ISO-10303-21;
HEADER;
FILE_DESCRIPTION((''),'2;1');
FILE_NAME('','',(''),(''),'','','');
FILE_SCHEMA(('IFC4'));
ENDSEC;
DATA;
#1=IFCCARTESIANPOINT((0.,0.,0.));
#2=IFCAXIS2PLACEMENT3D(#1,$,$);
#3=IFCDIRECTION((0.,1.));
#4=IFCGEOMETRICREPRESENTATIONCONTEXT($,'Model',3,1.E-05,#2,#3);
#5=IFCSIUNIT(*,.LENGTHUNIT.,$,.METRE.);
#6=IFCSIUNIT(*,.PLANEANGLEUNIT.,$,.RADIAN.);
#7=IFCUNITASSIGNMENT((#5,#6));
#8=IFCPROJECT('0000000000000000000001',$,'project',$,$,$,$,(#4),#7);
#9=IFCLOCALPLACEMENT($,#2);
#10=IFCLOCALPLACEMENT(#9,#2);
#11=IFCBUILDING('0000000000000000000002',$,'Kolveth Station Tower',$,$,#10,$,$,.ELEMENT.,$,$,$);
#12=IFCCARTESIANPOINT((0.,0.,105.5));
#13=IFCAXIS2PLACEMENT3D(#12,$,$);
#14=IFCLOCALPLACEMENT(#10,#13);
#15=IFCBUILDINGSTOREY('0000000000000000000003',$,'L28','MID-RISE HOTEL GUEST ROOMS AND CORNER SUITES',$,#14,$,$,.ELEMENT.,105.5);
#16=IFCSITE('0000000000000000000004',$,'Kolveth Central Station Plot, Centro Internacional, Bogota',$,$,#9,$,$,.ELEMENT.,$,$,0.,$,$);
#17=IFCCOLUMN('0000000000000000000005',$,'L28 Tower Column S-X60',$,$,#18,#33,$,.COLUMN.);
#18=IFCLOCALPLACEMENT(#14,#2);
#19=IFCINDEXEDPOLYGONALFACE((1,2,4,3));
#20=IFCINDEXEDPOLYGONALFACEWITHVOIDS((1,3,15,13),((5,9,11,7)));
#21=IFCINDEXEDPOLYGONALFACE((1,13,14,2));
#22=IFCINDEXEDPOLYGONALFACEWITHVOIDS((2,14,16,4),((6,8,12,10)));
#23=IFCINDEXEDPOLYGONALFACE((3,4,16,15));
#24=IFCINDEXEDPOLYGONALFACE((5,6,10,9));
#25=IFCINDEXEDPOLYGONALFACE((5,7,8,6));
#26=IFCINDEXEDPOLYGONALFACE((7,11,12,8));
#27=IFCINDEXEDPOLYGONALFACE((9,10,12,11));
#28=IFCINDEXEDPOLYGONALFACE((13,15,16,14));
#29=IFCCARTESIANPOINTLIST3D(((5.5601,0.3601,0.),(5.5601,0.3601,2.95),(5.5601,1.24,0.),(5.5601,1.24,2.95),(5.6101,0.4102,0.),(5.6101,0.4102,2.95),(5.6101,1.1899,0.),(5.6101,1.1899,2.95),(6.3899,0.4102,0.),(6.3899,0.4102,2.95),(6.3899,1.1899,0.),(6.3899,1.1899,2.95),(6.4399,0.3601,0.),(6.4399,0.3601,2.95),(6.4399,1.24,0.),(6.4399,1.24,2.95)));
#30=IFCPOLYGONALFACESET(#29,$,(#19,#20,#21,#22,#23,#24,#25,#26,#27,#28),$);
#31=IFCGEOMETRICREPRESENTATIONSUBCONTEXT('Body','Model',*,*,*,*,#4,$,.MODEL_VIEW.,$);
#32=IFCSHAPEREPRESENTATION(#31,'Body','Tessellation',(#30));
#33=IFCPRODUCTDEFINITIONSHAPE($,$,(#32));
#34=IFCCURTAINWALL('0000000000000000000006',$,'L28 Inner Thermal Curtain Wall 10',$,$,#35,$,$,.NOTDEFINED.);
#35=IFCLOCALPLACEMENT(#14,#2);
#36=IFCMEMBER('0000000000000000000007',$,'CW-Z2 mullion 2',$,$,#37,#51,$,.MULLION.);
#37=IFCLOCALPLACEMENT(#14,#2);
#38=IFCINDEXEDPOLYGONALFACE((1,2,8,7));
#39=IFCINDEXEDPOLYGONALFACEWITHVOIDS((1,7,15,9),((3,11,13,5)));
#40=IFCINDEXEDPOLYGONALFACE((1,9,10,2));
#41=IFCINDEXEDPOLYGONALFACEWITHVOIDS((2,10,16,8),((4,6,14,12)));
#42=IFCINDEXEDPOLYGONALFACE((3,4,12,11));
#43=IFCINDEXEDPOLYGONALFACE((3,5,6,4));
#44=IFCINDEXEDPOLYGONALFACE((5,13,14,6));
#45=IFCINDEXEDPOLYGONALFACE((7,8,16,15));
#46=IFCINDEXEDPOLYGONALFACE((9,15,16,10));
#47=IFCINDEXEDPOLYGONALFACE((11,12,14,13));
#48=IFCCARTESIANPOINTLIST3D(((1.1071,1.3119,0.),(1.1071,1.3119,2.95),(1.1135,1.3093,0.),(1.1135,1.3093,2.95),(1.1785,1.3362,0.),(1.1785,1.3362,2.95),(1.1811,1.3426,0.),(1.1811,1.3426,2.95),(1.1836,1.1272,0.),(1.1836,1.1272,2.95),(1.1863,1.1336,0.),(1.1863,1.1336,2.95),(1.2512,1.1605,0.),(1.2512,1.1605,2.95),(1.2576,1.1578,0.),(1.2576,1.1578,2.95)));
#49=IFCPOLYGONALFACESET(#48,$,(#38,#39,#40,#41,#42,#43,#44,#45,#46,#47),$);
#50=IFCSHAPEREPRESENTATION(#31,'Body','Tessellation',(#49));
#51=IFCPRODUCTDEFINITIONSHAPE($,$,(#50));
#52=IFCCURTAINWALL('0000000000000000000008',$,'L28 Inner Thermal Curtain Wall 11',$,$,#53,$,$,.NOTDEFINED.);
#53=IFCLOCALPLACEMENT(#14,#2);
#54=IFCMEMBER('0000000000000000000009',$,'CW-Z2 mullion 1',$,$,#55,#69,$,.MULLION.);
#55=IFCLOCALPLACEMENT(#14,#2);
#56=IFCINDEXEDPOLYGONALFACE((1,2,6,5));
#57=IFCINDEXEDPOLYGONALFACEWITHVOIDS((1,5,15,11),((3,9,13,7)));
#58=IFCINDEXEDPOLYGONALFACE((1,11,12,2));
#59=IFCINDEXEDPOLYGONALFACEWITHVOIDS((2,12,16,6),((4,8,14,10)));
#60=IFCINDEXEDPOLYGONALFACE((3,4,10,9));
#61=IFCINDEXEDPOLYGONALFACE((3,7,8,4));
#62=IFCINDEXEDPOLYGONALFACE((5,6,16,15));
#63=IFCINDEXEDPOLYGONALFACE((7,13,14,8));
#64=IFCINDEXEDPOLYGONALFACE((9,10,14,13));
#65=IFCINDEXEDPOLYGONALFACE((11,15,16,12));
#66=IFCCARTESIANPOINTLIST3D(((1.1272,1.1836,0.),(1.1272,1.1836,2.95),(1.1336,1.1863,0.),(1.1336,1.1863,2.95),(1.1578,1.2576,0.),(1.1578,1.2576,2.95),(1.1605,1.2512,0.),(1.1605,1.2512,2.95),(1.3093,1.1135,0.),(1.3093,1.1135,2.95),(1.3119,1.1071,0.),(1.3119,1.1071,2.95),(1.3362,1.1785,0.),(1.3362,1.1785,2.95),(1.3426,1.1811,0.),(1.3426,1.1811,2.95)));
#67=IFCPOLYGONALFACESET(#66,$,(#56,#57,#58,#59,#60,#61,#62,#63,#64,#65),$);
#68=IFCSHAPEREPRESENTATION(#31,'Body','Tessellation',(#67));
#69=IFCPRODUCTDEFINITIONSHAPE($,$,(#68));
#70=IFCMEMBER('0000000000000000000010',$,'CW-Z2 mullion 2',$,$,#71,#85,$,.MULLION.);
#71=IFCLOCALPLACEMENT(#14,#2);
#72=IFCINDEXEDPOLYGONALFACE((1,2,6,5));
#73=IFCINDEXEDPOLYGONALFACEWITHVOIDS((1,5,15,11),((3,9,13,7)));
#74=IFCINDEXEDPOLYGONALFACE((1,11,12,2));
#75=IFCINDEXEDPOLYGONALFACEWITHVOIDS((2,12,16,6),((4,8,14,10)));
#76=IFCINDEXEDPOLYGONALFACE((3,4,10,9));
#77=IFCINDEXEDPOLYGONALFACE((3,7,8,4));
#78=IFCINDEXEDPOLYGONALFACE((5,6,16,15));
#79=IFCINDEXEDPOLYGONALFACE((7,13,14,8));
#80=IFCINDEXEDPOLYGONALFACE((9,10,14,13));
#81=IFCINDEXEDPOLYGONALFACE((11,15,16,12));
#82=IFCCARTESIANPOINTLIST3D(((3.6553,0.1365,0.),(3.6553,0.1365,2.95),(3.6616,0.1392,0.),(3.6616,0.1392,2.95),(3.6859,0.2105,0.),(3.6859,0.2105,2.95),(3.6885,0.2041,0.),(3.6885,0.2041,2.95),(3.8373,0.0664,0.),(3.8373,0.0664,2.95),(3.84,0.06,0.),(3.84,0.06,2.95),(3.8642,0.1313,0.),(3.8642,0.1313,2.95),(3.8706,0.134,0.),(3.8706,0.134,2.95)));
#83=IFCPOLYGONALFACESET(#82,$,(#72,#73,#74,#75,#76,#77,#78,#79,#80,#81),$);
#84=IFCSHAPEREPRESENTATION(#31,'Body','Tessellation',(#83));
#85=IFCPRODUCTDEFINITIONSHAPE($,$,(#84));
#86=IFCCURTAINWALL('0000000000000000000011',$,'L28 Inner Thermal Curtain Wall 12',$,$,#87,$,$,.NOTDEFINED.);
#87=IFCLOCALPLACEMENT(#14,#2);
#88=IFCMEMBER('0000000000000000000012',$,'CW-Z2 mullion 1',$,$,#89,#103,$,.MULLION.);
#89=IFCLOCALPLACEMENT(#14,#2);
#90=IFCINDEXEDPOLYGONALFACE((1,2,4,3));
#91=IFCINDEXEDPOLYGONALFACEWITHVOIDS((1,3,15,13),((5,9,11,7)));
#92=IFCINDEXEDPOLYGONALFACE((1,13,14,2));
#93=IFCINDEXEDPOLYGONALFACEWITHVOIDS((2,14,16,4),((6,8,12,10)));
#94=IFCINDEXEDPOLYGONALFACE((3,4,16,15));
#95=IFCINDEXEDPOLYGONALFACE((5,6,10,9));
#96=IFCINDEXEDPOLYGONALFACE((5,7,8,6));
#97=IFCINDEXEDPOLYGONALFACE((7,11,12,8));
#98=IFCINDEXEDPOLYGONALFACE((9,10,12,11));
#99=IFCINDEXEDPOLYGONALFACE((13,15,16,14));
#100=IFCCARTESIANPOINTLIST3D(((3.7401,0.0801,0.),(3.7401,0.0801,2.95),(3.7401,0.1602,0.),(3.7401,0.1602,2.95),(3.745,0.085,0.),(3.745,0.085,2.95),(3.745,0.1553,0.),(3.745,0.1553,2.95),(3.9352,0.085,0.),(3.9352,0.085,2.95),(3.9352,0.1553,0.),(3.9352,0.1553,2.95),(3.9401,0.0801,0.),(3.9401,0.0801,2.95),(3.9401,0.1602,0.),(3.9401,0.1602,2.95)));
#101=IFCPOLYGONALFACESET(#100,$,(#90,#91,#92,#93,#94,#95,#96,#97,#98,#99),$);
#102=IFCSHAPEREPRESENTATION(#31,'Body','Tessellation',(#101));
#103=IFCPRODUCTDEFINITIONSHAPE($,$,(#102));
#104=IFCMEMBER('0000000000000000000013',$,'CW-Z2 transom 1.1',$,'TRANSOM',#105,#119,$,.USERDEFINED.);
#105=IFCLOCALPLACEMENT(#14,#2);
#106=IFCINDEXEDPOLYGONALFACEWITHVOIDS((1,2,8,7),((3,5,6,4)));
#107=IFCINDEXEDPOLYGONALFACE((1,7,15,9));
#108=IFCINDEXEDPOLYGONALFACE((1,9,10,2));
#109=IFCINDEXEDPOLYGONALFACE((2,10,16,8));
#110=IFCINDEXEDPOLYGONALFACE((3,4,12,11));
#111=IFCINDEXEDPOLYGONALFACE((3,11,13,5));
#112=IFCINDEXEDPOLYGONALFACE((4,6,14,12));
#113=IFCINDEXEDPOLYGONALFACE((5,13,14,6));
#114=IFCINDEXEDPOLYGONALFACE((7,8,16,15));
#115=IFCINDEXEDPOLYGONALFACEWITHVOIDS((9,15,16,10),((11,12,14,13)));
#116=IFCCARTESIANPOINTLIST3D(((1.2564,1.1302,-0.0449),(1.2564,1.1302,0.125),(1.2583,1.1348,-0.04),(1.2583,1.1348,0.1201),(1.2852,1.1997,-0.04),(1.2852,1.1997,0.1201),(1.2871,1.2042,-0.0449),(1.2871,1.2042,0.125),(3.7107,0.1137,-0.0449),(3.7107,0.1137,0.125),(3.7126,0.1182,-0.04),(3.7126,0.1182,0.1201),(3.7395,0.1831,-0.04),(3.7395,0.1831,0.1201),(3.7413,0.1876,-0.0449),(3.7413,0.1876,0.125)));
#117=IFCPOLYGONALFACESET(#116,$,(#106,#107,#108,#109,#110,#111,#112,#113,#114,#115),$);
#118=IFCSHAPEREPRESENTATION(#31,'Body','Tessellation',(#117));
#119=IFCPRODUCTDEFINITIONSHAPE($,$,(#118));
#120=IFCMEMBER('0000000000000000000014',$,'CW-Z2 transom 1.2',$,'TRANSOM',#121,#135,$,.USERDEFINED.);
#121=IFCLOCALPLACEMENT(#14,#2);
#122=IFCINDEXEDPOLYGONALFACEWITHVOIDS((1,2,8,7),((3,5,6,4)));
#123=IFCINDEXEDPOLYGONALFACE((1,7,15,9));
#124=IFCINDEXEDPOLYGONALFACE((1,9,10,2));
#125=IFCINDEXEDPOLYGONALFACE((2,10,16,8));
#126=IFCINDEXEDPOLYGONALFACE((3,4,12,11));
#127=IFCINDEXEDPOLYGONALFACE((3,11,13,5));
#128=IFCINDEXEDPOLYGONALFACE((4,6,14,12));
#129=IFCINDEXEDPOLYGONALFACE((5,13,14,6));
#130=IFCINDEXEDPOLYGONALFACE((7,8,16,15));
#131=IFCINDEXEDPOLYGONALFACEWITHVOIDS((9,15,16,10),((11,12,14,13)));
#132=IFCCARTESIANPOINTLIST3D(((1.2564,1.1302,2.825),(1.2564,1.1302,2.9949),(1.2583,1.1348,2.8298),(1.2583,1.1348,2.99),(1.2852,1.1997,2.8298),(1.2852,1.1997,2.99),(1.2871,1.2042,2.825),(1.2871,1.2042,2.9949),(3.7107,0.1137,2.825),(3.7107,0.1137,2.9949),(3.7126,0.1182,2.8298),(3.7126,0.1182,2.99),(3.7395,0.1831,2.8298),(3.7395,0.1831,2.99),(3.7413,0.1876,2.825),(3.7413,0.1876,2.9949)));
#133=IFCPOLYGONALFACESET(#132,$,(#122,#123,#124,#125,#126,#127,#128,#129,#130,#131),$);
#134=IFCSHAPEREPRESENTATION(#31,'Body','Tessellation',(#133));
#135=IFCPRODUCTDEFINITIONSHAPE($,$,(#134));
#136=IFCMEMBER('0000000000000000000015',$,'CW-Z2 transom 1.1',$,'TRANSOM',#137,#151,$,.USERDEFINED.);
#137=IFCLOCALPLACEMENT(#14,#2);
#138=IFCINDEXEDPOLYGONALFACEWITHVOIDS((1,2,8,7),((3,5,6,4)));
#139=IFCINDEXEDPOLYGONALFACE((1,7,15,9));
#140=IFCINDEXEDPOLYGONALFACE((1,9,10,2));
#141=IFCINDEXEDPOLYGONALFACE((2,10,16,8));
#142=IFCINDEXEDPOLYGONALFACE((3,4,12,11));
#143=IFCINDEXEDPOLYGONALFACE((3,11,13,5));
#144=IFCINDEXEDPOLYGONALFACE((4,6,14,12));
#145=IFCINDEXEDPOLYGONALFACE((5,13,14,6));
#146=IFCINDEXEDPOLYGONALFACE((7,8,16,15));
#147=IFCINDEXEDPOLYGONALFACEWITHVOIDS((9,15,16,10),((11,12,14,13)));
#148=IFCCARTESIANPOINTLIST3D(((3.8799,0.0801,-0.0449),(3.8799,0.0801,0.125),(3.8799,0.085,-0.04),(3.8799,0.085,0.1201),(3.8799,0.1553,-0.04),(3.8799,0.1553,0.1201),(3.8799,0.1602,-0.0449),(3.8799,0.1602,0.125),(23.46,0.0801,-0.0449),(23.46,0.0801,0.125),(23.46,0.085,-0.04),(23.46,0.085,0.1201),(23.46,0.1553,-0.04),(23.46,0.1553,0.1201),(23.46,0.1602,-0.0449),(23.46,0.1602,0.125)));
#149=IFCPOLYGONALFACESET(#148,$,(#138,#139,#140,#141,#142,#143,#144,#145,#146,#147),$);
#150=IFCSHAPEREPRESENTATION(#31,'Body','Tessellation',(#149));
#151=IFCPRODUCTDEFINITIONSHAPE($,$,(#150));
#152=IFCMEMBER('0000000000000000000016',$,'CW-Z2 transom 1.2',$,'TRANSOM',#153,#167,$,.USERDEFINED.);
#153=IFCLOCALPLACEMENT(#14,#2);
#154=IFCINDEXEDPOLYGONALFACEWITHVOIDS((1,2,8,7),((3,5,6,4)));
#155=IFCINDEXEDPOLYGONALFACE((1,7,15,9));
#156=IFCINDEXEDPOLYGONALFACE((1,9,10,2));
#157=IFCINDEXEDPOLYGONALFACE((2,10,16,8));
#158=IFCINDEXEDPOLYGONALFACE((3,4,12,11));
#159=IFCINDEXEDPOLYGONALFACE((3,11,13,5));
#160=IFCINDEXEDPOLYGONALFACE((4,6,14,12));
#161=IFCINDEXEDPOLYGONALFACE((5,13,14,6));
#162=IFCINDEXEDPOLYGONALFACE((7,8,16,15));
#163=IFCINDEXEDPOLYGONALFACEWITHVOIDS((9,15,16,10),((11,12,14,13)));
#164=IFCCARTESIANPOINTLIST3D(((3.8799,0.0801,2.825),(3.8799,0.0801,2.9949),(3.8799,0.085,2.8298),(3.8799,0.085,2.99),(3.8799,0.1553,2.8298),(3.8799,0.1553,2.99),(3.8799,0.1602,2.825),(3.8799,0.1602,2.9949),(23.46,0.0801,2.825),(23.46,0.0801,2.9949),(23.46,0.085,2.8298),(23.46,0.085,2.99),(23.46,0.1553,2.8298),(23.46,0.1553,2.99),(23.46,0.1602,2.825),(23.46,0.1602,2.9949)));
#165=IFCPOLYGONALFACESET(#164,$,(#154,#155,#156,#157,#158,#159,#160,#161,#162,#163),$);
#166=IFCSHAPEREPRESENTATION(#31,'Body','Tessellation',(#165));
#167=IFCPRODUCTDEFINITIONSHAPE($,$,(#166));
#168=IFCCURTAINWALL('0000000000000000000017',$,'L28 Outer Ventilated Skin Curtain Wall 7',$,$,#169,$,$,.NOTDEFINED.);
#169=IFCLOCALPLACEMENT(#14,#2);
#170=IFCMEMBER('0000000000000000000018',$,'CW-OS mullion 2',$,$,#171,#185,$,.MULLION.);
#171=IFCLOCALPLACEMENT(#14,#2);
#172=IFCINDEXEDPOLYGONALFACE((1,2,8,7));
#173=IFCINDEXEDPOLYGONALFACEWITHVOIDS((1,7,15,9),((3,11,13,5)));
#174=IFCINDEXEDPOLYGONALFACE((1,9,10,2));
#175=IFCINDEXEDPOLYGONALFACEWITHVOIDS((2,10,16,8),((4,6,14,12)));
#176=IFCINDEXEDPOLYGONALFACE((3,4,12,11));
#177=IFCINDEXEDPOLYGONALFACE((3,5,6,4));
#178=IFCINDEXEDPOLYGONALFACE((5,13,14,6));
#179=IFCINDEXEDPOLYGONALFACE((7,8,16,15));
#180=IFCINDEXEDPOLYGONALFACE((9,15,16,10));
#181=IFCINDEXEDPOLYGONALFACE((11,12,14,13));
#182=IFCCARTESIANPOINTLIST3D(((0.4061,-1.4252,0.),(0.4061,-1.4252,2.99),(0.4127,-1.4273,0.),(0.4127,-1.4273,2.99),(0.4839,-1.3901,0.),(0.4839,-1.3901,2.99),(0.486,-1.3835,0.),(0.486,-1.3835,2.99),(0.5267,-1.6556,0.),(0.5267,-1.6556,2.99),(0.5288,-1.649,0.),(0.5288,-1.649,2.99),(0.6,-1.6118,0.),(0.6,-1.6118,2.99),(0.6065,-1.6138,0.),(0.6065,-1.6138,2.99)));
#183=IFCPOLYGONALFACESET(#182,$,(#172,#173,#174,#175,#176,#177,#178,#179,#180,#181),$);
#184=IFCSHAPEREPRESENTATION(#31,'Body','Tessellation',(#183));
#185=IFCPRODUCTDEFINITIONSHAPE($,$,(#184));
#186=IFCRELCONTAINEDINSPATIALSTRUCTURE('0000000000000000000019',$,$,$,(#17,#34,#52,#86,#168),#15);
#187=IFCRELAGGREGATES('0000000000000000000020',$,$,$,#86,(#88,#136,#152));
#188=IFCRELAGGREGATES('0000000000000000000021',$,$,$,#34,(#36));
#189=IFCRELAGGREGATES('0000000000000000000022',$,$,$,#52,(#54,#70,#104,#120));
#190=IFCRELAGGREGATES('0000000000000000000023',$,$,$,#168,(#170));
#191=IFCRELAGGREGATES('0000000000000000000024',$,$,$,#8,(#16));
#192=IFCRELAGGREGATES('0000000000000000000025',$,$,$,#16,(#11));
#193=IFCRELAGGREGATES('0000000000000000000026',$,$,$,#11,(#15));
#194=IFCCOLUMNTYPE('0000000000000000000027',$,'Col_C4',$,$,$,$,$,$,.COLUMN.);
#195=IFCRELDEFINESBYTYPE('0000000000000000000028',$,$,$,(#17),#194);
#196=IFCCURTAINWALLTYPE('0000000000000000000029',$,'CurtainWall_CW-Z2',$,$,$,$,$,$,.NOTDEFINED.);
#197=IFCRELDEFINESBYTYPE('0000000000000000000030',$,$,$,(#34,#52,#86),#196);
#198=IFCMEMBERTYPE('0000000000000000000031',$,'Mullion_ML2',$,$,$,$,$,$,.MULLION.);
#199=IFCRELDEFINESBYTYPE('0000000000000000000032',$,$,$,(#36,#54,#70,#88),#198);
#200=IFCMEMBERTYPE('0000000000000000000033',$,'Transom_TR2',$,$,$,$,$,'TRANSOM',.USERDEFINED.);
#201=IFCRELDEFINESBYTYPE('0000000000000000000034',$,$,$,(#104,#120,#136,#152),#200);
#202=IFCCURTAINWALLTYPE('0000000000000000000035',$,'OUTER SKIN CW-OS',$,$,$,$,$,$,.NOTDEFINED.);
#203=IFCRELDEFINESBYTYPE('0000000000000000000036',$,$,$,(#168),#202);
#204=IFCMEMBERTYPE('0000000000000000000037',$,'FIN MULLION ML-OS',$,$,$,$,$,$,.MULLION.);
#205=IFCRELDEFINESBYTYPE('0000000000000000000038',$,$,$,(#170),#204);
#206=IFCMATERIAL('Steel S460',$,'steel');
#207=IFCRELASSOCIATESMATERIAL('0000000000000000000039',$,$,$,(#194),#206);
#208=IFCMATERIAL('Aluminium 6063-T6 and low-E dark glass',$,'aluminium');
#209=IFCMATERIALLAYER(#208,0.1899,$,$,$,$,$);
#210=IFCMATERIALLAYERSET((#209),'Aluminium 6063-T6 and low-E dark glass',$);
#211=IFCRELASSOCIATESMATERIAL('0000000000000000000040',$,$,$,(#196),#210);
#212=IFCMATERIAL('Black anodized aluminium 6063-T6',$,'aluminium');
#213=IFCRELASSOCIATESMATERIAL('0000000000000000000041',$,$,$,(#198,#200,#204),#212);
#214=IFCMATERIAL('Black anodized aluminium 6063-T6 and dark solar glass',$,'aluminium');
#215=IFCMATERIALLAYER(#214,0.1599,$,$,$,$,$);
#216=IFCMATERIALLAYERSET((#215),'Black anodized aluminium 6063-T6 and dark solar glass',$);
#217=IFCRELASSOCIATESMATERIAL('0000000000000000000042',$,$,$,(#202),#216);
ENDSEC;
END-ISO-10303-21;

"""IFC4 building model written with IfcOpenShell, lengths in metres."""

from ifc_helpers import new_model, si_unit, direction, frame, origin, origin_2d, place, context, subcontext, project, spatial, hollow_rectangle, extrude, source, transform, mapped, material, layer, layer_set, material_profile, profile_set, type_object, element, aggregate, save


model = new_model("IFC4")

# Units and contexts
model_context = context("Model", 3, precision=1e-05, world=origin(), true_north=direction((0.0, 1.0)))
body_context = subcontext(model_context, "Body", "Model", "MODEL_VIEW")
ifc_project = project(units=[si_unit("LENGTHUNIT", "METRE"), si_unit("PLANEANGLEUNIT", "RADIAN")], contexts=[model_context])

# Site, building, storey
site_placement = place(None, origin())
site = spatial("IfcSite", under=ifc_project, at=site_placement, Name="Kolveth Central Station Plot, Centro Internacional, Bogota", CompositionType="ELEMENT", RefElevation=0.0)
building_placement = place(site_placement, origin())
building = spatial("IfcBuilding", under=site, at=building_placement, Name="Kolveth Station Tower", CompositionType="ELEMENT")
storey_placement = place(building_placement, frame((0.0, 0.0, 105.5)))
storey = spatial("IfcBuildingStorey", under=building, at=storey_placement, Name="L28", Description="MID-RISE HOTEL GUEST ROOMS AND CORNER SUITES", CompositionType="ELEMENT", Elevation=105.5)

# Column
ifc_material_1 = material(Name="Steel S460", Category="steel")
ifc_material_profile_1 = material_profile(ifc_material_1, hollow_rectangle(XDim=0.8799, YDim=0.8799, WallThickness=0.05, at=origin_2d()), Name="BOX880x880x50")
ifc_profile_set_1 = profile_set([ifc_material_profile_1], Name="Steel S460")
column_type = type_object("IfcColumnType", Name="Col_C4", PredefinedType="COLUMN", material=ifc_profile_set_1)
shared_shape_1 = source(origin(), body_context, "Body", "SweptSolid", [
    extrude(hollow_rectangle(XDim=0.8799, YDim=0.8799, WallThickness=0.05, at=origin_2d()), origin(), (0.0, 0.0, 1.0), 2.95),
])
column_placement = place(storey_placement, frame((6.0, 0.8, 0.0), z_axis=(0.0, 0.0, 1.0), x_axis=(1.0, 0.0, 0.0)))
element("IfcColumn", 1, at=column_placement, inside=storey, type_object=column_type, Name="L28 Tower Column S-X60", PredefinedType="COLUMN", context=body_context, shape_type="MappedRepresentation", body=[
    mapped(shared_shape_1, transform((0.0, 0.0, 0.0), x_axis=(1.0, 0.0, 0.0), y_axis=(0.0, 1.0, 0.0), z_axis=(0.0, 0.0, 1.0), scale=1.0)),
])

# Curtain wall, member
ifc_material_2 = material(Name="Aluminium 6063-T6 and low-E dark glass", Category="aluminium")
ifc_layer_1 = layer(ifc_material_2, 0.1899)
ifc_layer_set_1 = layer_set([ifc_layer_1], Name="Aluminium 6063-T6 and low-E dark glass")
curtain_wall_type_1 = type_object("IfcCurtainWallType", Name="CurtainWall_CW-Z2", PredefinedType="NOTDEFINED", material=ifc_layer_set_1)
curtain_wall_1_placement = place(storey_placement, origin())
curtain_wall_1 = element("IfcCurtainWall", 2, at=curtain_wall_1_placement, inside=storey, type_object=curtain_wall_type_1, Name="L28 Inner Thermal Curtain Wall 10", PredefinedType="NOTDEFINED")
ifc_material_3 = material(Name="Black anodized aluminium 6063-T6", Category="aluminium")
ifc_material_profile_2 = material_profile(ifc_material_3, hollow_rectangle(XDim=0.0801, YDim=0.2, WallThickness=0.0049, at=origin_2d()), Name="ALU-80x200x5")
ifc_profile_set_2 = profile_set([ifc_material_profile_2], Name="Black anodized aluminium 6063-T6")
member_type_1 = type_object("IfcMemberType", Name="Mullion_ML2", PredefinedType="MULLION", material=ifc_profile_set_2)
shared_shape_2 = source(origin(), body_context, "Body", "SweptSolid", [
    extrude(hollow_rectangle(XDim=0.0801, YDim=0.2, WallThickness=0.0049, at=origin_2d()), origin(), (0.0, 0.0, 1.0), 2.95),
])
member_1_placement = place(storey_placement, frame((1.1824, 1.2349, 0.0), z_axis=(0.0, 0.0, 1.0), x_axis=(0.923888, 0.382663, 0.0)))
member_1 = element("IfcMember", 3, at=member_1_placement, type_object=member_type_1, Name="CW-Z2 mullion 2", PredefinedType="MULLION", context=body_context, shape_type="MappedRepresentation", body=[
    mapped(shared_shape_2, transform((0.0, 0.0, 0.0), x_axis=(1.0, 0.0, 0.0), y_axis=(0.0, 1.0, 0.0), z_axis=(0.0, 0.0, 1.0), scale=1.0)),
])

# Curtain wall, members
curtain_wall_2_placement = place(storey_placement, origin())
curtain_wall_2 = element("IfcCurtainWall", 4, at=curtain_wall_2_placement, inside=storey, type_object=curtain_wall_type_1, Name="L28 Inner Thermal Curtain Wall 11", PredefinedType="NOTDEFINED")
member_2_placement = place(storey_placement, frame((1.2349, 1.1824, 0.0), z_axis=(0.0, 0.0, 1.0), x_axis=(0.382663, 0.923888, 0.0)))
member_2 = element("IfcMember", 5, at=member_2_placement, type_object=member_type_1, Name="CW-Z2 mullion 1", PredefinedType="MULLION", context=body_context, shape_type="MappedRepresentation", body=[
    mapped(shared_shape_2, transform((0.0, 0.0, 0.0), x_axis=(1.0, 0.0, 0.0), y_axis=(0.0, 1.0, 0.0), z_axis=(0.0, 0.0, 1.0), scale=1.0)),
])
member_3_placement = place(storey_placement, frame((3.7629, 0.1353, 0.0), z_axis=(0.0, 0.0, 1.0), x_axis=(0.382663, 0.923888, 0.0)))
member_3 = element("IfcMember", 6, at=member_3_placement, type_object=member_type_1, Name="CW-Z2 mullion 2", PredefinedType="MULLION", context=body_context, shape_type="MappedRepresentation", body=[
    mapped(shared_shape_2, transform((0.0, 0.0, 0.0), x_axis=(1.0, 0.0, 0.0), y_axis=(0.0, 1.0, 0.0), z_axis=(0.0, 0.0, 1.0), scale=1.0)),
])

# Curtain wall, member
curtain_wall_3_placement = place(storey_placement, origin())
curtain_wall_3 = element("IfcCurtainWall", 7, at=curtain_wall_3_placement, inside=storey, type_object=curtain_wall_type_1, Name="L28 Inner Thermal Curtain Wall 12", PredefinedType="NOTDEFINED")
member_4_placement = place(storey_placement, frame((3.8401, 0.1201, 0.0), z_axis=(0.0, 0.0, 1.0), x_axis=(0.0, 1.0, 0.0)))
member_4 = element("IfcMember", 8, at=member_4_placement, type_object=member_type_1, Name="CW-Z2 mullion 1", PredefinedType="MULLION", context=body_context, shape_type="MappedRepresentation", body=[
    mapped(shared_shape_2, transform((0.0, 0.0, 0.0), x_axis=(1.0, 0.0, 0.0), y_axis=(0.0, 1.0, 0.0), z_axis=(0.0, 0.0, 1.0), scale=1.0)),
])

# Members
ifc_material_profile_3 = material_profile(ifc_material_3, hollow_rectangle(XDim=0.0801, YDim=0.1699, WallThickness=0.0049, at=origin_2d()), Name="ALU-80x170x5")
ifc_profile_set_3 = profile_set([ifc_material_profile_3], Name="Black anodized aluminium 6063-T6")
member_type_2 = type_object("IfcMemberType", Name="Transom_TR2", ElementType="TRANSOM", PredefinedType="USERDEFINED", material=ifc_profile_set_3)
shared_shape_3 = source(origin(), body_context, "Body", "SweptSolid", [
    extrude(hollow_rectangle(XDim=0.0801, YDim=0.1699, WallThickness=0.0049, at=origin_2d()), origin(), (0.0, 0.0, 1.0), 2.6565),
])
member_5_placement = place(storey_placement, frame((1.2717, 1.1672, 0.04), z_axis=(0.923882, -0.382676, 0.0), x_axis=(0.382676, 0.923882, 0.0)))
member_5 = element("IfcMember", 9, at=member_5_placement, type_object=member_type_2, Name="CW-Z2 transom 1.1", ObjectType="TRANSOM", PredefinedType="USERDEFINED", context=body_context, shape_type="MappedRepresentation", body=[
    mapped(shared_shape_3, transform((0.0, 0.0, 0.0), x_axis=(1.0, 0.0, 0.0), y_axis=(0.0, 1.0, 0.0), z_axis=(0.0, 0.0, 1.0), scale=1.0)),
])
member_6_placement = place(storey_placement, frame((1.2717, 1.1672, 2.9099), z_axis=(0.923882, -0.382676, 0.0), x_axis=(0.382676, 0.923882, 0.0)))
member_6 = element("IfcMember", 10, at=member_6_placement, type_object=member_type_2, Name="CW-Z2 transom 1.2", ObjectType="TRANSOM", PredefinedType="USERDEFINED", context=body_context, shape_type="MappedRepresentation", body=[
    mapped(shared_shape_3, transform((0.0, 0.0, 0.0), x_axis=(1.0, 0.0, 0.0), y_axis=(0.0, 1.0, 0.0), z_axis=(0.0, 0.0, 1.0), scale=1.0)),
])
shared_shape_4 = source(origin(), body_context, "Body", "SweptSolid", [
    extrude(hollow_rectangle(XDim=0.0801, YDim=0.1699, WallThickness=0.0049, at=origin_2d()), origin(), (0.0, 0.0, 1.0), 19.5801),
])
member_7_placement = place(storey_placement, frame((3.8799, 0.1201, 0.04), z_axis=(1.0, 0.0, 0.0), x_axis=(0.0, 1.0, 0.0)))
member_7 = element("IfcMember", 11, at=member_7_placement, type_object=member_type_2, Name="CW-Z2 transom 1.1", ObjectType="TRANSOM", PredefinedType="USERDEFINED", context=body_context, shape_type="MappedRepresentation", body=[
    mapped(shared_shape_4, transform((0.0, 0.0, 0.0), x_axis=(1.0, 0.0, 0.0), y_axis=(0.0, 1.0, 0.0), z_axis=(0.0, 0.0, 1.0), scale=1.0)),
])
member_8_placement = place(storey_placement, frame((3.8799, 0.1201, 2.9099), z_axis=(1.0, 0.0, 0.0), x_axis=(0.0, 1.0, 0.0)))
member_8 = element("IfcMember", 12, at=member_8_placement, type_object=member_type_2, Name="CW-Z2 transom 1.2", ObjectType="TRANSOM", PredefinedType="USERDEFINED", context=body_context, shape_type="MappedRepresentation", body=[
    mapped(shared_shape_4, transform((0.0, 0.0, 0.0), x_axis=(1.0, 0.0, 0.0), y_axis=(0.0, 1.0, 0.0), z_axis=(0.0, 0.0, 1.0), scale=1.0)),
])
aggregate(curtain_wall_3, [member_4, member_7, member_8])

# Curtain wall, member
ifc_material_4 = material(Name="Black anodized aluminium 6063-T6 and dark solar glass", Category="aluminium")
ifc_layer_2 = layer(ifc_material_4, 0.1599)
ifc_layer_set_2 = layer_set([ifc_layer_2], Name="Black anodized aluminium 6063-T6 and dark solar glass")
curtain_wall_type_2 = type_object("IfcCurtainWallType", Name="OUTER SKIN CW-OS", PredefinedType="NOTDEFINED", material=ifc_layer_set_2)
curtain_wall_4_placement = place(storey_placement, origin())
curtain_wall_4 = element("IfcCurtainWall", 13, at=curtain_wall_4_placement, inside=storey, type_object=curtain_wall_type_2, Name="L28 Outer Ventilated Skin Curtain Wall 7", PredefinedType="NOTDEFINED")
ifc_material_profile_4 = material_profile(ifc_material_3, hollow_rectangle(XDim=0.0901, YDim=0.26, WallThickness=0.0049, at=origin_2d()), Name="ALU-90x260x5")
ifc_profile_set_4 = profile_set([ifc_material_profile_4], Name="Black anodized aluminium 6063-T6")
member_type_3 = type_object("IfcMemberType", Name="FIN MULLION ML-OS", PredefinedType="MULLION", material=ifc_profile_set_4)
shared_shape_5 = source(origin(), body_context, "Body", "SweptSolid", [
    extrude(hollow_rectangle(XDim=0.0901, YDim=0.26, WallThickness=0.0049, at=origin_2d()), origin(), (0.0, 0.0, 1.0), 2.99),
])
member_9_placement = place(storey_placement, frame((0.5063, -1.5195, 0.0), z_axis=(0.0, 0.0, 1.0), x_axis=(0.88596, 0.463762, 0.0)))
member_9 = element("IfcMember", 14, at=member_9_placement, type_object=member_type_3, Name="CW-OS mullion 2", PredefinedType="MULLION", context=body_context, shape_type="MappedRepresentation", body=[
    mapped(shared_shape_5, transform((0.0, 0.0, 0.0), x_axis=(1.0, 0.0, 0.0), y_axis=(0.0, 1.0, 0.0), z_axis=(0.0, 0.0, 1.0), scale=1.0)),
])

aggregate(curtain_wall_1, [member_1])
aggregate(curtain_wall_2, [member_2, member_3, member_5, member_6])
aggregate(curtain_wall_4, [member_9])

save(model, "model.ifc")
